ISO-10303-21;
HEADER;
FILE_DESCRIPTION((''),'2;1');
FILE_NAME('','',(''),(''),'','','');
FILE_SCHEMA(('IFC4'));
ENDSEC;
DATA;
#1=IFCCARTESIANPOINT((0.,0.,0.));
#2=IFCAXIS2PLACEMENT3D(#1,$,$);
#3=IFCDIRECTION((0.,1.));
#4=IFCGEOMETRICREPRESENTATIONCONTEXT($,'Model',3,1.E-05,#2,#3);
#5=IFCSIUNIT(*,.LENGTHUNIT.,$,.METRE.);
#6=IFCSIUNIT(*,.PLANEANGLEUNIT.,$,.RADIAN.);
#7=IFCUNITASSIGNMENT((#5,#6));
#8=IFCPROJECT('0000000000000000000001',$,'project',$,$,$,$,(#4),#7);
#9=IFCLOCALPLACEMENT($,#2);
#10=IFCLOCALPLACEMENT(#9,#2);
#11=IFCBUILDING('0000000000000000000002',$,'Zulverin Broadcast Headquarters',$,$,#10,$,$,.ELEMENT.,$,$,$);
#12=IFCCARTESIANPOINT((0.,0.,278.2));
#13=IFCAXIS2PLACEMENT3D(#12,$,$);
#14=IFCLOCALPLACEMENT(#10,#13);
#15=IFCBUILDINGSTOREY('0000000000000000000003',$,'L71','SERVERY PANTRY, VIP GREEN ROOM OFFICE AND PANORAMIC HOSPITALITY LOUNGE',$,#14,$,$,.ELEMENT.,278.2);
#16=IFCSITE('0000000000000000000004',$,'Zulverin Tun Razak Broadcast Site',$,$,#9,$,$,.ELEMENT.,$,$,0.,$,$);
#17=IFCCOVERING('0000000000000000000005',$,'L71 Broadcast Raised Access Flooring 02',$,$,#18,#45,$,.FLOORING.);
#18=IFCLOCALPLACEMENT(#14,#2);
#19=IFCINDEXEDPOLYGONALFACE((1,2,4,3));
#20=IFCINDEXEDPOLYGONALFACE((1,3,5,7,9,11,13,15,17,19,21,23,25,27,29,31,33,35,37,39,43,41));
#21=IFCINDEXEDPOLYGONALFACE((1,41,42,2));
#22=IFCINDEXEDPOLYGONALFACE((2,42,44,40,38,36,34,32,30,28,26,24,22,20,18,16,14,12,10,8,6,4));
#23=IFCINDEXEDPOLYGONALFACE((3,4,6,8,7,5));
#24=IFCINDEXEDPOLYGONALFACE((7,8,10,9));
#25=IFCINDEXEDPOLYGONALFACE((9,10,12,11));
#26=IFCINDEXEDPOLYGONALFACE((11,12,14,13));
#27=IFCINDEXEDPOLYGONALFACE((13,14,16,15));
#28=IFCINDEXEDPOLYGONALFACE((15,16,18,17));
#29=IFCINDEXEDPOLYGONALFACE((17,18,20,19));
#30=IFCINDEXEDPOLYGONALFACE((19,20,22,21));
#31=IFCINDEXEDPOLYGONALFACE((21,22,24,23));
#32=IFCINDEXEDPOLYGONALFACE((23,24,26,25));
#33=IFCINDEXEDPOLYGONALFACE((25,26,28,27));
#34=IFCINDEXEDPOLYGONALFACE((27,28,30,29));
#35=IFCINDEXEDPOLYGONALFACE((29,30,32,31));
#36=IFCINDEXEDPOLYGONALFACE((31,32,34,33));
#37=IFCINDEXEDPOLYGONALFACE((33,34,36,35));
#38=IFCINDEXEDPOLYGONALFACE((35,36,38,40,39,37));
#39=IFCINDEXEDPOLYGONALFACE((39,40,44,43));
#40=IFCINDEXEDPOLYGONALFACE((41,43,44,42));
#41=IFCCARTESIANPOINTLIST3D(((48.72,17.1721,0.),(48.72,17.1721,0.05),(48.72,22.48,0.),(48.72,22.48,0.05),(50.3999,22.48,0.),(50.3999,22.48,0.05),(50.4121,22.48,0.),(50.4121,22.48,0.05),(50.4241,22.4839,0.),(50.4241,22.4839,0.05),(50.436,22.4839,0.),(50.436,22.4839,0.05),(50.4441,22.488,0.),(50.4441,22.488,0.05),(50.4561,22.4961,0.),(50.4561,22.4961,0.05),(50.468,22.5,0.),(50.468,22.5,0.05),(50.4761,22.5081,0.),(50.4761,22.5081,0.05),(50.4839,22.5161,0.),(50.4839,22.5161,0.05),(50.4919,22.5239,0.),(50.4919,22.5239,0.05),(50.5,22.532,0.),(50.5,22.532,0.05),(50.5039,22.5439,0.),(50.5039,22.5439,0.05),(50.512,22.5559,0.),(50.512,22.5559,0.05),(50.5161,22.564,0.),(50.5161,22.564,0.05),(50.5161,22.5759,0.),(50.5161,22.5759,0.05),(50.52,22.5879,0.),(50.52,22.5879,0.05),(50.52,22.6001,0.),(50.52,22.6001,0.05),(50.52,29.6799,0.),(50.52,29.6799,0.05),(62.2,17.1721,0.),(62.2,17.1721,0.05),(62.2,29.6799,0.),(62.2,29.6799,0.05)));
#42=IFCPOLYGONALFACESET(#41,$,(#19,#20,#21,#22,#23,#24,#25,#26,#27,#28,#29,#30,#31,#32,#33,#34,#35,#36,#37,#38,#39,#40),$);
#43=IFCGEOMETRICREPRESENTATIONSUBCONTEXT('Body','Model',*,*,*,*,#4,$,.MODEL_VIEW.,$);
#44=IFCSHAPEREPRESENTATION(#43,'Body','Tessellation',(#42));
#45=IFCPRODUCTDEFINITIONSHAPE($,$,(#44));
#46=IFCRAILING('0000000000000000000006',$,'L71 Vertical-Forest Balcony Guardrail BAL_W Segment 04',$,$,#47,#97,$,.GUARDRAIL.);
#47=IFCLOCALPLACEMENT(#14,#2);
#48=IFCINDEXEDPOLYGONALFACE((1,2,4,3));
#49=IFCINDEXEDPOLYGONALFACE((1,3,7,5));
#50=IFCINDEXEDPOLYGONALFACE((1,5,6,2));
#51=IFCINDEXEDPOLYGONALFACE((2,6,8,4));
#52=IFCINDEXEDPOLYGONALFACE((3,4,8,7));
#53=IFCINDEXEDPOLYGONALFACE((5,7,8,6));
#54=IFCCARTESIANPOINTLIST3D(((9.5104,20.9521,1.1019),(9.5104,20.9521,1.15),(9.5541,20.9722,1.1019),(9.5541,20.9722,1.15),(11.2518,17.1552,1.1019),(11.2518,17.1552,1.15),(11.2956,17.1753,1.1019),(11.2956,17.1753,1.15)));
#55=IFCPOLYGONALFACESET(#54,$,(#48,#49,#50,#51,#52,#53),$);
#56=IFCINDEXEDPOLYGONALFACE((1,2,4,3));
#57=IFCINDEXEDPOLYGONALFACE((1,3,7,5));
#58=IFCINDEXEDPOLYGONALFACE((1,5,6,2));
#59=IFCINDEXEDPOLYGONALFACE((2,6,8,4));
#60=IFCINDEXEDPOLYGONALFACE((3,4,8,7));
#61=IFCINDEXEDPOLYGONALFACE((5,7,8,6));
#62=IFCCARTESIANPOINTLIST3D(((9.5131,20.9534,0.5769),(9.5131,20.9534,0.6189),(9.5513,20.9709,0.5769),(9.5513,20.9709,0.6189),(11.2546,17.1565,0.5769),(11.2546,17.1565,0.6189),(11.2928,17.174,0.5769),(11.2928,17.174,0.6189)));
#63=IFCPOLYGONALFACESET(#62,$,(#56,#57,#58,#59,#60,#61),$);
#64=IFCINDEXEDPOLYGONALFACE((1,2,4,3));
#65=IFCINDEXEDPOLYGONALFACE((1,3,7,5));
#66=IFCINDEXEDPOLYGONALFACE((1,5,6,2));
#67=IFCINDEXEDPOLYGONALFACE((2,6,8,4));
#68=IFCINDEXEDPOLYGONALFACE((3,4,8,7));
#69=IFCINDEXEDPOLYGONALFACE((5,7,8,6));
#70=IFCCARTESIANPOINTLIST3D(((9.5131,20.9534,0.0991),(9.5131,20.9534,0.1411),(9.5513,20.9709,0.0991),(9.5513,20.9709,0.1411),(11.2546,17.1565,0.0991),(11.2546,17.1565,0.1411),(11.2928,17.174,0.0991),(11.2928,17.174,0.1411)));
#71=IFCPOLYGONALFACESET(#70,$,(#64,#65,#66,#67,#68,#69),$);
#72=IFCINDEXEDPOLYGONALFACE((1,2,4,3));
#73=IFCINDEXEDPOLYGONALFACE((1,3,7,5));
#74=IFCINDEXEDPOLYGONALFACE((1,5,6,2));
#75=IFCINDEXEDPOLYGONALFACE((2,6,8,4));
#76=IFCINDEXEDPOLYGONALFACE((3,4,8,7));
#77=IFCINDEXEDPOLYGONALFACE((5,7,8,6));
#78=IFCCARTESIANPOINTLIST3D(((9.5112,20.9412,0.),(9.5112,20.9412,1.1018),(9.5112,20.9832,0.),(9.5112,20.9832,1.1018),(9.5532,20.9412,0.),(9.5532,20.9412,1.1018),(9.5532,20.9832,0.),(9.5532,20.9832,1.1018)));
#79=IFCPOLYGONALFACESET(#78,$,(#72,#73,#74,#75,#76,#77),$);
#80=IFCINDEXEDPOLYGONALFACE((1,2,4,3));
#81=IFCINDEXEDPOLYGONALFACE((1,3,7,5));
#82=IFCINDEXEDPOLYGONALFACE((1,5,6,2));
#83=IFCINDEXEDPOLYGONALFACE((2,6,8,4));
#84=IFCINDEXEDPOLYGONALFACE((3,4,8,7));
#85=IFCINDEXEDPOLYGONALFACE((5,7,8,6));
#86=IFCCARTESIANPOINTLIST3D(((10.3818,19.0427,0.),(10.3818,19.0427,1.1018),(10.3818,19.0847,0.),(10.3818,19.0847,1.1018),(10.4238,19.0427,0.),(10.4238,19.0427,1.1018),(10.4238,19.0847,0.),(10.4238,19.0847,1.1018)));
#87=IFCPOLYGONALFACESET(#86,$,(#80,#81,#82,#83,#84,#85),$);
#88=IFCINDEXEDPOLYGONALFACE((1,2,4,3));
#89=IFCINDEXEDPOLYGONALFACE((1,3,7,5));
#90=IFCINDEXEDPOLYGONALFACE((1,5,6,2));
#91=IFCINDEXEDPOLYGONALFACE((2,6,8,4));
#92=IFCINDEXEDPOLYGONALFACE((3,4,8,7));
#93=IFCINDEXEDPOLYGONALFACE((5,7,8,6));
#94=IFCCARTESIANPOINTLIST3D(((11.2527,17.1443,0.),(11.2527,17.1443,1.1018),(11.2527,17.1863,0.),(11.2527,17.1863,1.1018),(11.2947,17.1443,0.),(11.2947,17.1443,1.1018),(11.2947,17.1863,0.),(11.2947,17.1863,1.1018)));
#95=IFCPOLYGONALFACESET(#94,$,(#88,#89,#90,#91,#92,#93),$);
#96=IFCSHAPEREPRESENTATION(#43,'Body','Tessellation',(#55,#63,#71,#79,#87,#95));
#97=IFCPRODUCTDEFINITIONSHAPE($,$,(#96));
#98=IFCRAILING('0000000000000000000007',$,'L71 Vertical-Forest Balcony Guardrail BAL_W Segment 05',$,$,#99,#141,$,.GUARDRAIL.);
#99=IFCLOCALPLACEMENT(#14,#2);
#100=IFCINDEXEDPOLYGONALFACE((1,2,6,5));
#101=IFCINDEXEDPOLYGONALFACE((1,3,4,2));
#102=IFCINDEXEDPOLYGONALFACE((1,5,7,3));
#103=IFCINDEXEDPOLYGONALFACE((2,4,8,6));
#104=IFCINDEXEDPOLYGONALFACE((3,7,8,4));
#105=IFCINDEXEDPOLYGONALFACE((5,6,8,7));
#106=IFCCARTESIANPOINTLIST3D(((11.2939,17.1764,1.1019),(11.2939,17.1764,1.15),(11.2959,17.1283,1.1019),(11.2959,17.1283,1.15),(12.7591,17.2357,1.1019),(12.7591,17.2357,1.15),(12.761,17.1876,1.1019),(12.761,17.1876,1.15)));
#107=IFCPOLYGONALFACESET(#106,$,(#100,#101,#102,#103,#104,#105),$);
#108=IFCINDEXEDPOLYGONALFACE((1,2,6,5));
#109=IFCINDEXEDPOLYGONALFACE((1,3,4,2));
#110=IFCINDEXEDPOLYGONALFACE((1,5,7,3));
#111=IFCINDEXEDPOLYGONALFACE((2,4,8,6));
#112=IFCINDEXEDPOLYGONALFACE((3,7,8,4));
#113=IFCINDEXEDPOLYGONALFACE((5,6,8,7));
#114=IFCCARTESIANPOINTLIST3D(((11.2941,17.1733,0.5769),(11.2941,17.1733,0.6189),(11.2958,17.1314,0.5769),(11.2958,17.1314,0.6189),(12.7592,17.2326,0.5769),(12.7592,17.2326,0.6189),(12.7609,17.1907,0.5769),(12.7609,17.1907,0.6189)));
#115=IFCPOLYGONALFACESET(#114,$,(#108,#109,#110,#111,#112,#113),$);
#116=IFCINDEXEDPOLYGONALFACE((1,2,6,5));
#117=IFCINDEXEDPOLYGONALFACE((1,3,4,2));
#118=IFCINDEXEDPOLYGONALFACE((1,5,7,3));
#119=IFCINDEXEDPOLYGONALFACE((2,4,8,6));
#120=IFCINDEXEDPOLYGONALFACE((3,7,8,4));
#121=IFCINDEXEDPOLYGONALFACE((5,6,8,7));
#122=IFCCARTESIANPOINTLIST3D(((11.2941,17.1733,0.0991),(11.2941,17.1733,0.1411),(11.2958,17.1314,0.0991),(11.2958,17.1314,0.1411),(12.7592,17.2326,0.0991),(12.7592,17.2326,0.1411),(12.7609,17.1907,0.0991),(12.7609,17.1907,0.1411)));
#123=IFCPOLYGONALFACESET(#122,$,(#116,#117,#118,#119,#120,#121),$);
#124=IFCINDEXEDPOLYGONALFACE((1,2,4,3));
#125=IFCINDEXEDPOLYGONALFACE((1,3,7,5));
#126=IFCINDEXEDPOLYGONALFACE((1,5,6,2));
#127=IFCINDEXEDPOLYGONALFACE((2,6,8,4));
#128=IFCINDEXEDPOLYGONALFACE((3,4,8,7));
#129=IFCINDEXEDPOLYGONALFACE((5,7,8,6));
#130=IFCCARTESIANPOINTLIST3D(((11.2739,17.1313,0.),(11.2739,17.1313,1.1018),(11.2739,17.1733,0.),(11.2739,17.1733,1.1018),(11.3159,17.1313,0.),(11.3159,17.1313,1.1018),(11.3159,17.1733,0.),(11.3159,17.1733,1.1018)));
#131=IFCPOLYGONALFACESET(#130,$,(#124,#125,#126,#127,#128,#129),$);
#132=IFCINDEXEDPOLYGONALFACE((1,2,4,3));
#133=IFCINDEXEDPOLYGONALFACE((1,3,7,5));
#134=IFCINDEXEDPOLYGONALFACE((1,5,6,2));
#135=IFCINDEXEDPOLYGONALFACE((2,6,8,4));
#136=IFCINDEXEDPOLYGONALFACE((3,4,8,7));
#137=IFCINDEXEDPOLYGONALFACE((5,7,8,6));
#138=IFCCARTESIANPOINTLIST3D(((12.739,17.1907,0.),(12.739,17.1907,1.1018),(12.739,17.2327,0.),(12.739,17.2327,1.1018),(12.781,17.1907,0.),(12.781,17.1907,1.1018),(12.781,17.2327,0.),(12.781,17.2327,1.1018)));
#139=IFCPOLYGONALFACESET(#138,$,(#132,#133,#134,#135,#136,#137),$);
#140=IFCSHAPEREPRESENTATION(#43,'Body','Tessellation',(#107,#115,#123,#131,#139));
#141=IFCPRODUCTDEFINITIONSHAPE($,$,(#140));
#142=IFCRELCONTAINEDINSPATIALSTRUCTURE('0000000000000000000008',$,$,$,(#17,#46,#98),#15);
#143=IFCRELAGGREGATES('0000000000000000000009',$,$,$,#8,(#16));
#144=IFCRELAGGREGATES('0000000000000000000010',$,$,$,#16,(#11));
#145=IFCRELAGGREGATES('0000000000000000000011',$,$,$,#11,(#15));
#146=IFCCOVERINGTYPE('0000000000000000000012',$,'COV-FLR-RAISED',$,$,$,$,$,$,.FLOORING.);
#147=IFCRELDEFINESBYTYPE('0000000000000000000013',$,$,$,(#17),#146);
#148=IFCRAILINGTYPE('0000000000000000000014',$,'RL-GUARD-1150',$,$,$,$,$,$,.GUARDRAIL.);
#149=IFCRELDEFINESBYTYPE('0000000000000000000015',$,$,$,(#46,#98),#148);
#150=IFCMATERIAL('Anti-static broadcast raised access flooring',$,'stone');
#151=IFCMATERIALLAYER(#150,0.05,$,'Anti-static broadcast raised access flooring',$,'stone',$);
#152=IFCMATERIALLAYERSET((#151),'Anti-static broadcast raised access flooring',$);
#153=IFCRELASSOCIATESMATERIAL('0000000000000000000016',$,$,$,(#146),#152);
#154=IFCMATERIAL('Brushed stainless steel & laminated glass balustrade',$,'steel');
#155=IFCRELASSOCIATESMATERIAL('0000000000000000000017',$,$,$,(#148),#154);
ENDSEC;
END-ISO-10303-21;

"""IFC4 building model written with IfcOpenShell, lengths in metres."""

from ifc_helpers import new_model, si_unit, direction, frame, origin, origin_2d, place, context, subcontext, project, spatial, polyline, rectangle, outline, extrude, material, layer, layer_set, type_object, element, save


model = new_model("IFC4")

# Units and contexts
model_context = context("Model", 3, precision=1e-05, world=origin(), true_north=direction((0.0, 1.0)))
body_context = subcontext(model_context, "Body", "Model", "MODEL_VIEW")
ifc_project = project(units=[si_unit("LENGTHUNIT", "METRE"), si_unit("PLANEANGLEUNIT", "RADIAN")], contexts=[model_context])

# Site, building, storey
site_placement = place(None, origin())
site = spatial("IfcSite", under=ifc_project, at=site_placement, Name="Zulverin Tun Razak Broadcast Site", CompositionType="ELEMENT", RefElevation=0.0)
building_placement = place(site_placement, origin())
building = spatial("IfcBuilding", under=site, at=building_placement, Name="Zulverin Broadcast Headquarters", CompositionType="ELEMENT")
storey_placement = place(building_placement, frame((0.0, 0.0, 278.2)))
storey = spatial("IfcBuildingStorey", under=building, at=storey_placement, Name="L71", Description="SERVERY PANTRY, VIP GREEN ROOM OFFICE AND PANORAMIC HOSPITALITY LOUNGE", CompositionType="ELEMENT", Elevation=278.2)

# Covering
ifc_material_1 = material(Name="Anti-static broadcast raised access flooring", Category="stone")
ifc_layer_1 = layer(ifc_material_1, 0.05, Name="Anti-static broadcast raised access flooring", Category="stone")
ifc_layer_set_1 = layer_set([ifc_layer_1], Name="Anti-static broadcast raised access flooring")
covering_type_1 = type_object("IfcCoveringType", Name="COV-FLR-RAISED", PredefinedType="FLOORING", material=ifc_layer_set_1)
covering_1_placement = place(storey_placement, origin())
element("IfcCovering", 1, at=covering_1_placement, inside=storey, type_object=covering_type_1, Name="L71 Broadcast Raised Access Flooring 02", PredefinedType="FLOORING", context=body_context, shape_type="SweptSolid", body=[
    extrude(outline(polyline([(62.2, 17.1721), (62.2, 29.6799), (50.52, 29.6799), (50.52, 22.6001), (50.52, 22.5879), (50.5161, 22.5759), (50.5161, 22.564), (50.512, 22.5559), (50.5039, 22.5439), (50.5, 22.532), (50.4919, 22.5239), (50.4839, 22.5161), (50.4761, 22.5081), (50.468, 22.5), (50.4561, 22.4961), (50.4441, 22.488), (50.436, 22.4839), (50.4241, 22.4839), (50.4121, 22.48), (50.3999, 22.48), (48.72, 22.48), (48.72, 17.1721), (62.2, 17.1721)])), origin(), (0.0, 0.0, 1.0), 0.05),
])

# Railings
ifc_material_2 = material(Name="Brushed stainless steel & laminated glass balustrade", Category="steel")
railing_type = type_object("IfcRailingType", Name="RL-GUARD-1150", PredefinedType="GUARDRAIL", material=ifc_material_2)
railing_1_placement = place(storey_placement, frame((9.5322, 20.9622, 0.0)))
element("IfcRailing", 2, at=railing_1_placement, inside=storey, type_object=railing_type, Name="L71 Vertical-Forest Balcony Guardrail BAL_W Segment 04", PredefinedType="GUARDRAIL", context=body_context, shape_type="SweptSolid", body=[
    extrude(rectangle(XDim=0.0481, YDim=0.0481, at=origin_2d()), frame((0.0, 0.0, 1.126), z_axis=(0.416896, -0.908954, 0.0), x_axis=(0.908954, 0.416896, 0.0)), (0.0, 0.0, 1.0), 4.1772),
    extrude(rectangle(XDim=0.042, YDim=0.042, at=origin_2d()), frame((0.0, 0.0, 0.5979), z_axis=(0.416896, -0.908954, 0.0), x_axis=(0.908954, 0.416896, 0.0)), (0.0, 0.0, 1.0), 4.1772),
    extrude(rectangle(XDim=0.042, YDim=0.042, at=origin_2d()), frame((0.0, 0.0, 0.1201), z_axis=(0.416896, -0.908954, 0.0), x_axis=(0.908954, 0.416896, 0.0)), (0.0, 0.0, 1.0), 4.1772),
    extrude(rectangle(XDim=0.042, YDim=0.042, at=origin_2d()), origin(), (0.0, 0.0, 1.0), 1.1018),
    extrude(rectangle(XDim=0.042, YDim=0.042, at=origin_2d()), frame((0.8706, -1.8984, 0.0)), (0.0, 0.0, 1.0), 1.1018),
    extrude(rectangle(XDim=0.042, YDim=0.042, at=origin_2d()), frame((1.7415, -3.7969, 0.0)), (0.0, 0.0, 1.0), 1.1018),
])
railing_2_placement = place(storey_placement, frame((11.2949, 17.1523, 0.0)))
element("IfcRailing", 3, at=railing_2_placement, inside=storey, type_object=railing_type, Name="L71 Vertical-Forest Balcony Guardrail BAL_W Segment 05", PredefinedType="GUARDRAIL", context=body_context, shape_type="SweptSolid", body=[
    extrude(rectangle(XDim=0.0481, YDim=0.0481, at=origin_2d()), frame((0.0, 0.0, 1.126), z_axis=(0.999181, 0.04046, 0.0), x_axis=(-0.04046, 0.999181, 0.0)), (0.0, 0.0, 1.0), 1.4663),
    extrude(rectangle(XDim=0.042, YDim=0.042, at=origin_2d()), frame((0.0, 0.0, 0.5979), z_axis=(0.999181, 0.04046, 0.0), x_axis=(-0.04046, 0.999181, 0.0)), (0.0, 0.0, 1.0), 1.4663),
    extrude(rectangle(XDim=0.042, YDim=0.042, at=origin_2d()), frame((0.0, 0.0, 0.1201), z_axis=(0.999181, 0.04046, 0.0), x_axis=(-0.04046, 0.999181, 0.0)), (0.0, 0.0, 1.0), 1.4663),
    extrude(rectangle(XDim=0.042, YDim=0.042, at=origin_2d()), origin(), (0.0, 0.0, 1.0), 1.1018),
    extrude(rectangle(XDim=0.042, YDim=0.042, at=origin_2d()), frame((1.4651, 0.0593, 0.0)), (0.0, 0.0, 1.0), 1.1018),
])

save(model, "model.ifc")
